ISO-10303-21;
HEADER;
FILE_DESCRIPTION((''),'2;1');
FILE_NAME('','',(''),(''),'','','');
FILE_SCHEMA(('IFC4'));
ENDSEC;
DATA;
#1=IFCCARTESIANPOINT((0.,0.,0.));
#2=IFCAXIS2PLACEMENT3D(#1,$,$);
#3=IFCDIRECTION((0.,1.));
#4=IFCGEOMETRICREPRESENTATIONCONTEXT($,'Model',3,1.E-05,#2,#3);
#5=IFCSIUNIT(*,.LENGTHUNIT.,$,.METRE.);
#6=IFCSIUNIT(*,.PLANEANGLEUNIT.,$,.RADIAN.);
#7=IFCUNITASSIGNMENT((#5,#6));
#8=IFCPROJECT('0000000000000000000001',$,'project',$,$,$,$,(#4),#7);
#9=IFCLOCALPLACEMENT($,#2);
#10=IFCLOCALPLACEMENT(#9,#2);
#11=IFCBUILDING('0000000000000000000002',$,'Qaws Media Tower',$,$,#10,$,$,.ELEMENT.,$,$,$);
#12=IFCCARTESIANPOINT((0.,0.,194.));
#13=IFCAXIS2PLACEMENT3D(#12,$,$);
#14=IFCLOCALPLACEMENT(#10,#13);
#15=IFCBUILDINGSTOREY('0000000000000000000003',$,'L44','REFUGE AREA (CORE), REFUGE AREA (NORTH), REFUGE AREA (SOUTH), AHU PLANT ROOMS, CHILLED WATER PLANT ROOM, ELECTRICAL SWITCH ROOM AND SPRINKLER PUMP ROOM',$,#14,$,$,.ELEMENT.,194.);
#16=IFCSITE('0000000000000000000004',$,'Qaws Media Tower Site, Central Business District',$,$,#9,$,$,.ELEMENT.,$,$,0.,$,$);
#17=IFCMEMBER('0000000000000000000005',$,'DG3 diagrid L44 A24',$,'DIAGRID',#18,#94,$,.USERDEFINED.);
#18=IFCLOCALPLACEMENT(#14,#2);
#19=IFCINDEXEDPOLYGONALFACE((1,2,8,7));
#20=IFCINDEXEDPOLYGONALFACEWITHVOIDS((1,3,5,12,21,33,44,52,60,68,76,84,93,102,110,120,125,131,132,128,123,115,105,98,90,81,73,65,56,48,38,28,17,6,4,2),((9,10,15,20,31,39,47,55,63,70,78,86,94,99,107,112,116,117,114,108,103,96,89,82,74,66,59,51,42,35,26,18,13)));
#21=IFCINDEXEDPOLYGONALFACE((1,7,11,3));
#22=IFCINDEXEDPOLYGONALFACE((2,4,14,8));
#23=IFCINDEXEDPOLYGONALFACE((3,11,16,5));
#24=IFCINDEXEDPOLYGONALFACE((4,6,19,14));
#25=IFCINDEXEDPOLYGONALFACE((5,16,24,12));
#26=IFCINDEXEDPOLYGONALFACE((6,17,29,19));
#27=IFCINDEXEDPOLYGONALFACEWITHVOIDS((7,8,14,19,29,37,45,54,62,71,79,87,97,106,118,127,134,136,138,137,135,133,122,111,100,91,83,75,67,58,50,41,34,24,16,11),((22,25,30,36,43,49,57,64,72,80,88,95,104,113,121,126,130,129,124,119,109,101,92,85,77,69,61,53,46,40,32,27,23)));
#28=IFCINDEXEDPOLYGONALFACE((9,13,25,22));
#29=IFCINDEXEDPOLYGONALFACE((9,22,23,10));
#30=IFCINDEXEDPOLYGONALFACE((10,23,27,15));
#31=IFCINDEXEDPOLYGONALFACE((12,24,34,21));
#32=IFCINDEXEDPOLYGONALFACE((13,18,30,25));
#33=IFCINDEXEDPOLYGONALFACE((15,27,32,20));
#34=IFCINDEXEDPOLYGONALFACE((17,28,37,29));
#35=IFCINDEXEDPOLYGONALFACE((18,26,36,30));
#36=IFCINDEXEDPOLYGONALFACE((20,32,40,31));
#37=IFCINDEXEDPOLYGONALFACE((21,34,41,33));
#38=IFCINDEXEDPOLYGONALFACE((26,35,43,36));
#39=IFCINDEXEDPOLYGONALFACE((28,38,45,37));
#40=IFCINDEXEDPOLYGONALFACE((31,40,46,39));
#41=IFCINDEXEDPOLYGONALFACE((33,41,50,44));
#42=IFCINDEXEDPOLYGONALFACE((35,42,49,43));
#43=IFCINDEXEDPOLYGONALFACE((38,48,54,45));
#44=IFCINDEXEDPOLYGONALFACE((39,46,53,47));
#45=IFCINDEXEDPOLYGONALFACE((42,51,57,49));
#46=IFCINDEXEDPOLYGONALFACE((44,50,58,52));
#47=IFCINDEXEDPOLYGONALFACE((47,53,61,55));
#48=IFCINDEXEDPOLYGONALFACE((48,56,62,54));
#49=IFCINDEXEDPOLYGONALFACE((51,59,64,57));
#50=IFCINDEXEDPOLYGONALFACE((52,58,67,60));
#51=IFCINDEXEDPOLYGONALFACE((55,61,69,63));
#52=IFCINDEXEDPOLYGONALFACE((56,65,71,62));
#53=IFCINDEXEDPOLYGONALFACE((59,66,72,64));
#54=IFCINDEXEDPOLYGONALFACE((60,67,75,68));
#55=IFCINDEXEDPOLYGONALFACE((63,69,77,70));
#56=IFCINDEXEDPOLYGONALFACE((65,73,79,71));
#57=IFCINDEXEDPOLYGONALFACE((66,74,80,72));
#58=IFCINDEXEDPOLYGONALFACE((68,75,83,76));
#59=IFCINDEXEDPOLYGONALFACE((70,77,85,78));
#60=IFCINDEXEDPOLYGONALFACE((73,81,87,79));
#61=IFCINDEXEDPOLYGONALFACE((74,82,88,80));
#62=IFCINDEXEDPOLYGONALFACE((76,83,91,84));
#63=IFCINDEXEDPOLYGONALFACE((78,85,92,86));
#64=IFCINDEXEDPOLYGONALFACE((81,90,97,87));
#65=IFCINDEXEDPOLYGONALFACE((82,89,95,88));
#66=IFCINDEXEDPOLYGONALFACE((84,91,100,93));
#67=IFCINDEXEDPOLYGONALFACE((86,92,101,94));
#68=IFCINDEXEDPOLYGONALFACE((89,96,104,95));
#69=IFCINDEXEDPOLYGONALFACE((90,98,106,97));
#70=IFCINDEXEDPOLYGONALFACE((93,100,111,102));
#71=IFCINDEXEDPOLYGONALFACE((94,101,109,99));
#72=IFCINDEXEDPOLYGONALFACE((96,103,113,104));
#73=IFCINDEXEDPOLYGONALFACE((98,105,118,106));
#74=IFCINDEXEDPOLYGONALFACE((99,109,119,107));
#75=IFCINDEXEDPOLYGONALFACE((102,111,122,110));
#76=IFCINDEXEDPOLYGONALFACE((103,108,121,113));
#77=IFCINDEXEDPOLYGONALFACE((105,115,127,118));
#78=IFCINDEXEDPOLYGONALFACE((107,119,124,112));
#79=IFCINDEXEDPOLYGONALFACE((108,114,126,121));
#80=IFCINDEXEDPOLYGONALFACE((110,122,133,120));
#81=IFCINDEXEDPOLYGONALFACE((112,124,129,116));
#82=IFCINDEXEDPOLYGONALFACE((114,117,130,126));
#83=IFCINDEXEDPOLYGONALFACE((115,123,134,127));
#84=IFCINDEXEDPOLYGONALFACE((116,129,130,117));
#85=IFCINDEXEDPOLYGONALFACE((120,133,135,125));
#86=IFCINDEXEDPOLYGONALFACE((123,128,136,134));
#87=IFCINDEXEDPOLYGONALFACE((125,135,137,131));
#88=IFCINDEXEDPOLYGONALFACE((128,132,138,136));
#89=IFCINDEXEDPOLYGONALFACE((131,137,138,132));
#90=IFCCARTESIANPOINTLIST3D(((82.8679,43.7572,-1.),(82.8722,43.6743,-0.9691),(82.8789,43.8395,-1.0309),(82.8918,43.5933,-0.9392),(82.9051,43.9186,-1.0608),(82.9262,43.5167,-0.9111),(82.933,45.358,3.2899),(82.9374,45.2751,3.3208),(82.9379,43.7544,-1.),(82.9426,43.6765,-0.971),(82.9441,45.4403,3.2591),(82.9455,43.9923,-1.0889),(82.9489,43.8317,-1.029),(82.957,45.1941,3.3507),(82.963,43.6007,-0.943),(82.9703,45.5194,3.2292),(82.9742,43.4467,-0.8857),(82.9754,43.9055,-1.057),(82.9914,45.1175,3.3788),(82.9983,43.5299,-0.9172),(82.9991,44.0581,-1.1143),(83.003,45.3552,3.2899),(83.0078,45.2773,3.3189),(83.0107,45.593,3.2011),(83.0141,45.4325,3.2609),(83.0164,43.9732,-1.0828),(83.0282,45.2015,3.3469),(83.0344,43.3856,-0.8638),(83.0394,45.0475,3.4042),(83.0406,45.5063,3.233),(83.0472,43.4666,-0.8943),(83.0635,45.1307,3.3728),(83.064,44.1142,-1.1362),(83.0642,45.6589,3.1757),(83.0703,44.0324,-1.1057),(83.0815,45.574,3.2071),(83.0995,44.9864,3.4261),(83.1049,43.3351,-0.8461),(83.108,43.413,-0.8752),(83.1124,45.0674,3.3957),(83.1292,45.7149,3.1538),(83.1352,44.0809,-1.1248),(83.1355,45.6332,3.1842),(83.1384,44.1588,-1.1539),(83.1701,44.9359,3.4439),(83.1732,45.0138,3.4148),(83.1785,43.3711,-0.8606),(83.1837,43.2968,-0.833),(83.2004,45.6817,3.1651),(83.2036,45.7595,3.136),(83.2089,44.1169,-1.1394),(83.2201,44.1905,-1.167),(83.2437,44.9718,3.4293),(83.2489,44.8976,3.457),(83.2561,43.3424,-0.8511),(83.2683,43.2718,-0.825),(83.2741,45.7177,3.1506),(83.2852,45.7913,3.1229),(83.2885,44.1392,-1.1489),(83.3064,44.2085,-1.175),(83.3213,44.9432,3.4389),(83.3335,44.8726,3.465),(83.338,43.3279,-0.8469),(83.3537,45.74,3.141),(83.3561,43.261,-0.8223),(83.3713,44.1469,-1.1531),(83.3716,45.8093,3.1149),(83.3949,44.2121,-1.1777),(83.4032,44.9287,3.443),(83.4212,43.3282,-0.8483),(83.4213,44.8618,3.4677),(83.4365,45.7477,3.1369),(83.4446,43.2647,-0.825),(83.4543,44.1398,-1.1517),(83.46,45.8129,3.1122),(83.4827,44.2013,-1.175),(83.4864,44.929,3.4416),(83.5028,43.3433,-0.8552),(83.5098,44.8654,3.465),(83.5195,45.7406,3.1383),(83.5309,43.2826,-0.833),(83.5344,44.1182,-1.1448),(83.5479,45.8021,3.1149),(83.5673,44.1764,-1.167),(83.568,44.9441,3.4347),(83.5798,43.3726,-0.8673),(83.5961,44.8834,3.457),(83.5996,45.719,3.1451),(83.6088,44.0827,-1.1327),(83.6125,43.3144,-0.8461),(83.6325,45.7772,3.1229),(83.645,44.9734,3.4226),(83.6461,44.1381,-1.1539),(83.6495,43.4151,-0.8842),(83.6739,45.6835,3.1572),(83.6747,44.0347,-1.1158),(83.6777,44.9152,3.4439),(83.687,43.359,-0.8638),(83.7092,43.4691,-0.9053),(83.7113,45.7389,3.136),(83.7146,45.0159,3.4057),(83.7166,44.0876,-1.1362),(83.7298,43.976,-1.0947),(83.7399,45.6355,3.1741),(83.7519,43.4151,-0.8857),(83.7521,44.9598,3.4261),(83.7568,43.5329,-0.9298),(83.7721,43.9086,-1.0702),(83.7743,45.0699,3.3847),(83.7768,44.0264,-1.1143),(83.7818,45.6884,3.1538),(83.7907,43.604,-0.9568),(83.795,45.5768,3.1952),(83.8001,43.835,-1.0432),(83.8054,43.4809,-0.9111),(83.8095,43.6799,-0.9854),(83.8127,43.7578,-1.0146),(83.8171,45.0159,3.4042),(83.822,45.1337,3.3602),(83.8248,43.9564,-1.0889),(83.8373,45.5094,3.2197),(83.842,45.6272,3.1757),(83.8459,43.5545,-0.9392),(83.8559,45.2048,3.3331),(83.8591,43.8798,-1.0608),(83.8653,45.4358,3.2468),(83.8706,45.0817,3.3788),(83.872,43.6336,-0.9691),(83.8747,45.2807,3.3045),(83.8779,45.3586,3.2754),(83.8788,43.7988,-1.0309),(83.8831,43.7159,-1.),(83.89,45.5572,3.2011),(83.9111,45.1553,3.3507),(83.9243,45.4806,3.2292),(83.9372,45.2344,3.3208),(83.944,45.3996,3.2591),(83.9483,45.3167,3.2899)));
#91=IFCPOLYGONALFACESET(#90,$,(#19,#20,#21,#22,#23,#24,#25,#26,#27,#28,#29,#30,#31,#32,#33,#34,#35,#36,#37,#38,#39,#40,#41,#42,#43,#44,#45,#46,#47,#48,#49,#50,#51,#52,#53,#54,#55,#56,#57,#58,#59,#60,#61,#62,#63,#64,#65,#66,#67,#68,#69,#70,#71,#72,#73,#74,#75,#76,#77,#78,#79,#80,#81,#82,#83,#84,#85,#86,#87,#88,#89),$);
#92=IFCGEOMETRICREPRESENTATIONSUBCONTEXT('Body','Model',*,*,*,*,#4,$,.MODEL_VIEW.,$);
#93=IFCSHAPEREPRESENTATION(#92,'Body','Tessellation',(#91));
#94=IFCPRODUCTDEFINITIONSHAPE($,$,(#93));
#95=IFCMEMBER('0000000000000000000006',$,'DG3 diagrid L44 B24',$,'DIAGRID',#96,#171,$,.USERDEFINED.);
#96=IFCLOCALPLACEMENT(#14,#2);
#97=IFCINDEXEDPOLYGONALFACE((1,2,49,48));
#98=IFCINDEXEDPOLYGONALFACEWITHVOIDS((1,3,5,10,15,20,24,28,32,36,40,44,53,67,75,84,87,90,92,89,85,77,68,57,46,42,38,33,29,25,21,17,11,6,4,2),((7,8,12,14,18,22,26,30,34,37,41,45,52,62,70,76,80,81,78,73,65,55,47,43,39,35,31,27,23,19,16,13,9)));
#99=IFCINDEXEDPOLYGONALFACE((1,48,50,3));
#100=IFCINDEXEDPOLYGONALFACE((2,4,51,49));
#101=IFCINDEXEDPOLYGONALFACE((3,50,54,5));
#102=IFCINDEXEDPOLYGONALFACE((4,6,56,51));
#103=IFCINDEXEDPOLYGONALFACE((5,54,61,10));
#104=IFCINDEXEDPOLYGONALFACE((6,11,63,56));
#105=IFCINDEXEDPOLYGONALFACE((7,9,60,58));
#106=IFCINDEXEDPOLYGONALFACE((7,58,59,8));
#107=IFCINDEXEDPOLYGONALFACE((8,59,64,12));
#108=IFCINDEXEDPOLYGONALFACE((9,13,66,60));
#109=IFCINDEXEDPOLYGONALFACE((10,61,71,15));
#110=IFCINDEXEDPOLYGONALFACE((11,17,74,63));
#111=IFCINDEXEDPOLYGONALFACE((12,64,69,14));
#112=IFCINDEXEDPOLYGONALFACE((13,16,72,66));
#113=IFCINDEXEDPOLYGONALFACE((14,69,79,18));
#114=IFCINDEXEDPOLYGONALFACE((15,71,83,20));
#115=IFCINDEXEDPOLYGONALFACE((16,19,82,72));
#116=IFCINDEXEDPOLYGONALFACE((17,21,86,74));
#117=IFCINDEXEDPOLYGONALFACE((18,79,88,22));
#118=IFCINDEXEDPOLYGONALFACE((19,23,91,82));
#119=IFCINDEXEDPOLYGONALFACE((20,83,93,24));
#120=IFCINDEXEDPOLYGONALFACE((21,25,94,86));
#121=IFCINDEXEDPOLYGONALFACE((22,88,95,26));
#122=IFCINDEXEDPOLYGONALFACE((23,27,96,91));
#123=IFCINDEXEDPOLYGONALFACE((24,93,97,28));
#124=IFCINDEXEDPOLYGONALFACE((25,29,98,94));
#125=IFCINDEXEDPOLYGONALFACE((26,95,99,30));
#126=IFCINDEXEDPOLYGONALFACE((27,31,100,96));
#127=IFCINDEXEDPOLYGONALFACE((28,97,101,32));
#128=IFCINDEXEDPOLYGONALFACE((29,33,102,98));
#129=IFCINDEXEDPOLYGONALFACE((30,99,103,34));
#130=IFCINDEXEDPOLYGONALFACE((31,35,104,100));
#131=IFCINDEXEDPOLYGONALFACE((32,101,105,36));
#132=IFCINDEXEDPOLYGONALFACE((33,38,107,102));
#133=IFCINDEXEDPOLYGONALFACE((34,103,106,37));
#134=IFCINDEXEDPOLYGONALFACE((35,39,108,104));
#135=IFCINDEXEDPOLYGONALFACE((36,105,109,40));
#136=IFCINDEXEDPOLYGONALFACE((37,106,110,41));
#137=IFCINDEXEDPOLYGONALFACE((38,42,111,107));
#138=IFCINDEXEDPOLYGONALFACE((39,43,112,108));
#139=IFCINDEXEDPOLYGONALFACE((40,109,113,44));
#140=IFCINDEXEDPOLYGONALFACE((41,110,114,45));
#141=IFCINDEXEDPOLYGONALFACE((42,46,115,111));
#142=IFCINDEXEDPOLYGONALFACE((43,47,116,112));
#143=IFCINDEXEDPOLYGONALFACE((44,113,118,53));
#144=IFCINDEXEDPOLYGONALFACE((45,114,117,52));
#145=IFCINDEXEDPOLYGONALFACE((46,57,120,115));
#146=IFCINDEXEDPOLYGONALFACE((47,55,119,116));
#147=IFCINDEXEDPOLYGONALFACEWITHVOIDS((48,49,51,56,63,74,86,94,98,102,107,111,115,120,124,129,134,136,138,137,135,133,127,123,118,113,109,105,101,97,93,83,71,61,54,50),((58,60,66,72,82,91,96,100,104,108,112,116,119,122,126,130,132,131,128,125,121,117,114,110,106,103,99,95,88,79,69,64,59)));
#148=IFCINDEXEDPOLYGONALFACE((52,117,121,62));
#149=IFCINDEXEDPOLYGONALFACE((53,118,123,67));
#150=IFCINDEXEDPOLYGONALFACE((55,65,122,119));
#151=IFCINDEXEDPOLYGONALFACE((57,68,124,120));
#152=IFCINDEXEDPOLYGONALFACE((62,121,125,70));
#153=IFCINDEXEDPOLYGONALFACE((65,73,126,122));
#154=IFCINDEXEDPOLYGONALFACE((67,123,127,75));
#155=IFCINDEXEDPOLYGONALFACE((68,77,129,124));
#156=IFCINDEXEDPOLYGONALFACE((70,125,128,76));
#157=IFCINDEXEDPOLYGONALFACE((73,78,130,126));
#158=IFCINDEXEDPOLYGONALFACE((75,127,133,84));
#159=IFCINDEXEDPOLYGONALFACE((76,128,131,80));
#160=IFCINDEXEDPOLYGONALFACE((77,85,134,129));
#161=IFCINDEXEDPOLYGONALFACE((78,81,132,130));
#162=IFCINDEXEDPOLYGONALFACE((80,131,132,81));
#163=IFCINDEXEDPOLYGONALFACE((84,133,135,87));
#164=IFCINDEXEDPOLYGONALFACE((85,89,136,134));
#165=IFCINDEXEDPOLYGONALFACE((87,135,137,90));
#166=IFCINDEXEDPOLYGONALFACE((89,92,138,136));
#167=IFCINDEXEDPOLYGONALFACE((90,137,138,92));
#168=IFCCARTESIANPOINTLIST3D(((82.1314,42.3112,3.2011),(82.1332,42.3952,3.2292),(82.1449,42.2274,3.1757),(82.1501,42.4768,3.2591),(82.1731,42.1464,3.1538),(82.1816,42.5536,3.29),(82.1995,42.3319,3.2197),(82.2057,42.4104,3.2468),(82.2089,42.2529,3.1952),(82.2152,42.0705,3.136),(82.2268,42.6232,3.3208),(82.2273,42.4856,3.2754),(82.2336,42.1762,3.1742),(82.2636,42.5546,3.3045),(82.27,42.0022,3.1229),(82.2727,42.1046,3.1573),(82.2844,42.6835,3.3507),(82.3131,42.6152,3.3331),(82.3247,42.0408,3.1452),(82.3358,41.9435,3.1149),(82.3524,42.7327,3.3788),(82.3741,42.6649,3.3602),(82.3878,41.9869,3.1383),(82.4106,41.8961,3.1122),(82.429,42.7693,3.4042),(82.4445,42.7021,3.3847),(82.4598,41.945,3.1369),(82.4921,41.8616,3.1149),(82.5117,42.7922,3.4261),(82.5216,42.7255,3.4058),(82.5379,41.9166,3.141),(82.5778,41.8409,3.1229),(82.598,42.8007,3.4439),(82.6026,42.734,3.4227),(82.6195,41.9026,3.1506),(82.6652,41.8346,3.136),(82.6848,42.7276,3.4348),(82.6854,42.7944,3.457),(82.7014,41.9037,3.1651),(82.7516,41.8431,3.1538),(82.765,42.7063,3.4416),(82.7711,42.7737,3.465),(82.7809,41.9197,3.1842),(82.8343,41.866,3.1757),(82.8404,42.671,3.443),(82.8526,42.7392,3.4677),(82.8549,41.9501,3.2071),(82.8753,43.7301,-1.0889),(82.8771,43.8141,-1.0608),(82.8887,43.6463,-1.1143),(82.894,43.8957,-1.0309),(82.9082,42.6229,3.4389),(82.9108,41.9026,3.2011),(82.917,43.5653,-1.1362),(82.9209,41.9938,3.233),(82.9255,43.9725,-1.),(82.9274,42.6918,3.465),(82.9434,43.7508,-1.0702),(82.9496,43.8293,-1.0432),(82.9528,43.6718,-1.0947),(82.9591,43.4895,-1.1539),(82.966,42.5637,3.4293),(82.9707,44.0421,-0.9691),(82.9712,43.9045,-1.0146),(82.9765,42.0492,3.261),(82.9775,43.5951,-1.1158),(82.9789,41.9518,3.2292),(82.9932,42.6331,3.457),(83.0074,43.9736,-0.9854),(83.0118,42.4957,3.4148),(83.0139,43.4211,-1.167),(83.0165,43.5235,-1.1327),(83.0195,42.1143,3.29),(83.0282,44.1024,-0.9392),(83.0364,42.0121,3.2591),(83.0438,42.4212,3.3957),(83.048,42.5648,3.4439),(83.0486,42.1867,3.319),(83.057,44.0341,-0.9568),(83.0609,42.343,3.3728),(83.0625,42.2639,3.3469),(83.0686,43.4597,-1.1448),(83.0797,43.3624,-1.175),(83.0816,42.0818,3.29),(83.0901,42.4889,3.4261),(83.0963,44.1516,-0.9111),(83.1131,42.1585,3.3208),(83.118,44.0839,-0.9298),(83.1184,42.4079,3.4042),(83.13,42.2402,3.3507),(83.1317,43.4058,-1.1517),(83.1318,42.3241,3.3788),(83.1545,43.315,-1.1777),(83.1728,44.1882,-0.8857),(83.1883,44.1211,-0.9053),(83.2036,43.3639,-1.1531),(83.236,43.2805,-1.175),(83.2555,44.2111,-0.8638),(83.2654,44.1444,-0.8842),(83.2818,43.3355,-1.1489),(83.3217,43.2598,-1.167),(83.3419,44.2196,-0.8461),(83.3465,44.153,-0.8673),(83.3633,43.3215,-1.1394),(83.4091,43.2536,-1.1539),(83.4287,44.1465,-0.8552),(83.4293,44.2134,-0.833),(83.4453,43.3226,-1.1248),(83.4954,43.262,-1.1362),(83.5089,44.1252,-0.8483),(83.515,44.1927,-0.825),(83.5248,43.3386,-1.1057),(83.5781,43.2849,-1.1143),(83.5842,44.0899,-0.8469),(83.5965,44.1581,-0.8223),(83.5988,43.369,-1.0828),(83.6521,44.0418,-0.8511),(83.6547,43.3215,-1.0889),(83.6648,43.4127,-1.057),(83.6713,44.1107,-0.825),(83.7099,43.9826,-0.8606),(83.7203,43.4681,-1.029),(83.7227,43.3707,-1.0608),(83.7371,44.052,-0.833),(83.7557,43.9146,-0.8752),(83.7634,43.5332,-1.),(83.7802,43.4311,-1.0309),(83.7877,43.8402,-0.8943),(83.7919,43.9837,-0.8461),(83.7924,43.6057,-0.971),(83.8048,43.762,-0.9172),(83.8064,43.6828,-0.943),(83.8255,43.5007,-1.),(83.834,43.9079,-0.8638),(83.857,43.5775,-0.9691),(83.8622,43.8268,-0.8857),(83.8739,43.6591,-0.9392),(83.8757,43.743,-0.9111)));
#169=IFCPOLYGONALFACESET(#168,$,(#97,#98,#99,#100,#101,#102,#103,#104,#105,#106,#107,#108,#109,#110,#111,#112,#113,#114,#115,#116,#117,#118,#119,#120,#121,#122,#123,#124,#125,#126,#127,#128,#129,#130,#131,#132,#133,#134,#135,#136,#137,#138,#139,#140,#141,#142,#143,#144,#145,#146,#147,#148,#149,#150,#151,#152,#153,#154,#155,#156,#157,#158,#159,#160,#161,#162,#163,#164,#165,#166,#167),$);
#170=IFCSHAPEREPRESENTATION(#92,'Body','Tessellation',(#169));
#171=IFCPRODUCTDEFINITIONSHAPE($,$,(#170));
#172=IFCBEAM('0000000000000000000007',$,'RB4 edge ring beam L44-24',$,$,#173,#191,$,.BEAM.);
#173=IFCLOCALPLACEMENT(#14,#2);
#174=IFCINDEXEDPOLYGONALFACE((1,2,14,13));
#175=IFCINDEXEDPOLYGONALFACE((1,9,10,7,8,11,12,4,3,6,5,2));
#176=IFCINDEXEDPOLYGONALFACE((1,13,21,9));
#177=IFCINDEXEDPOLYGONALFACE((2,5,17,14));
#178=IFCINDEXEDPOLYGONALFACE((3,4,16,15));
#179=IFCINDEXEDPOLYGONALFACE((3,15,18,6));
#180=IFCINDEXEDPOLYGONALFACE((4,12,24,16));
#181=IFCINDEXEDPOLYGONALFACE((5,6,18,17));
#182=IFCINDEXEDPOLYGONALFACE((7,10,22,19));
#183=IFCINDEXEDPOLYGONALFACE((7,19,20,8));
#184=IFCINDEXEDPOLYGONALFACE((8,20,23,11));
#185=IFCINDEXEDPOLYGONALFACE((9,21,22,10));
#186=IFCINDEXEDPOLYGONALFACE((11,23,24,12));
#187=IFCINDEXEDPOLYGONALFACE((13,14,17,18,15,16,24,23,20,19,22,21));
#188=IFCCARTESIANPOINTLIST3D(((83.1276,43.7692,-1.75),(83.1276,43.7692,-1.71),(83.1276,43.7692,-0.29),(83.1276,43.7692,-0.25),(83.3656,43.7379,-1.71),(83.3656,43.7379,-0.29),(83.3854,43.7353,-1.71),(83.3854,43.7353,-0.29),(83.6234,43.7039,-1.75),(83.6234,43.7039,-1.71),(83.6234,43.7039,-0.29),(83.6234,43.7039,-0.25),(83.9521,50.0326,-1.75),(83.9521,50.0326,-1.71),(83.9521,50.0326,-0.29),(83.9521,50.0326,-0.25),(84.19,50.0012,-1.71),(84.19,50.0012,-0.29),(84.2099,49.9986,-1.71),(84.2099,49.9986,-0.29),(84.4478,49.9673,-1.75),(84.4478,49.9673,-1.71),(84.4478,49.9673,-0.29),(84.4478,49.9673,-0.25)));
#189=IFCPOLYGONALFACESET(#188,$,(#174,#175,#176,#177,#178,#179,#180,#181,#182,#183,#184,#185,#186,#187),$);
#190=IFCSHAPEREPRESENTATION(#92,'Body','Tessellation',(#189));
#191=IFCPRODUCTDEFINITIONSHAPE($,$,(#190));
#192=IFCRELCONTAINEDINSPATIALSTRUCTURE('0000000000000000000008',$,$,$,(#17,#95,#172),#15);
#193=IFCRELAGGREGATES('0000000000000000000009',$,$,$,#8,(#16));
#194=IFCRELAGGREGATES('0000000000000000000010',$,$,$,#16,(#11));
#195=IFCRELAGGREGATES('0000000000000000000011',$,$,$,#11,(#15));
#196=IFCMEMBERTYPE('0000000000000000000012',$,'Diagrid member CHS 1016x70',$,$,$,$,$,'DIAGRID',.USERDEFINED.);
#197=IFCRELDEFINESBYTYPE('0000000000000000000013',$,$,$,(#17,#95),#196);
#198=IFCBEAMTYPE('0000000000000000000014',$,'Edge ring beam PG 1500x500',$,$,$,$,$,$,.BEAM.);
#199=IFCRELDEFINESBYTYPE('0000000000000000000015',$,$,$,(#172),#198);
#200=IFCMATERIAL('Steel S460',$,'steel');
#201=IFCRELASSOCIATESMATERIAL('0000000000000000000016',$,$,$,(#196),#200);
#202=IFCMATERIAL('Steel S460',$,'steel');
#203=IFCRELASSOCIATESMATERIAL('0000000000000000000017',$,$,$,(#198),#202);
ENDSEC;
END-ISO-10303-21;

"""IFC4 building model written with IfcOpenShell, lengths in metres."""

from ifc_helpers import new_model, si_unit, direction, frame, origin, origin_2d, place, context, subcontext, project, spatial, hollow_circle, i_section, extrude, material, material_profile, profile_set, type_object, element, save


model = new_model("IFC4")

# Units and contexts
model_context = context("Model", 3, precision=1e-05, world=origin(), true_north=direction((0.0, 1.0)))
body_context = subcontext(model_context, "Body", "Model", "MODEL_VIEW")
ifc_project = project(units=[si_unit("LENGTHUNIT", "METRE"), si_unit("PLANEANGLEUNIT", "RADIAN")], contexts=[model_context])

# Site, building, storey
site_placement = place(None, origin())
site = spatial("IfcSite", under=ifc_project, at=site_placement, Name="Qaws Media Tower Site, Central Business District", CompositionType="ELEMENT", RefElevation=0.0)
building_placement = place(site_placement, origin())
building = spatial("IfcBuilding", under=site, at=building_placement, Name="Qaws Media Tower", CompositionType="ELEMENT")
storey_placement = place(building_placement, frame((0.0, 0.0, 194.0)))
storey = spatial("IfcBuildingStorey", under=building, at=storey_placement, Name="L44", Description="REFUGE AREA (CORE), REFUGE AREA (NORTH), REFUGE AREA (SOUTH), AHU PLANT ROOMS, CHILLED WATER PLANT ROOM, ELECTRICAL SWITCH ROOM AND SPRINKLER PUMP ROOM", CompositionType="ELEMENT", Elevation=194.0)

# Members
ifc_material_1 = material(Name="Steel S460", Category="steel")
ifc_material_profile_1 = material_profile(ifc_material_1, hollow_circle(Radius=0.5081, WallThickness=0.0701, at=origin_2d()), Name="CHS 1016x70")
ifc_profile_set_1 = profile_set([ifc_material_profile_1], Name="Steel S460")
member_type_1 = type_object("IfcMemberType", Name="Diagrid member CHS 1016x70", ElementType="DIAGRID", PredefinedType="USERDEFINED", material=ifc_profile_set_1)
for number, where, z_axis, x_axis, name in (
    (1, (83.3755, 43.7366, -1.0), (0.014234, 0.349568, 0.936803), (-0.999172, 0.040686, 0.0), "DG3 diagrid L44 A24"),
    (2, (83.3755, 43.7366, -1.0), (-0.162443, -0.309852, 0.936805), (0.885667, -0.46432, 0.0), "DG3 diagrid L44 B24"),
):
    element("IfcMember", number, at=place(storey_placement, frame(where, z_axis=z_axis, x_axis=x_axis)), inside=storey, type_object=member_type_1, Name=name, ObjectType="DIAGRID", PredefinedType="USERDEFINED", context=body_context, shape_type="SweptSolid", body=[
        extrude(hollow_circle(Radius=0.5081, WallThickness=0.0701, at=origin_2d()), origin(), (0.0, 0.0, 1.0), 4.5793),
    ])

# Beam
ifc_material_2 = material(Name="Steel S460", Category="steel")
ifc_material_profile_2 = material_profile(ifc_material_2, i_section(OverallWidth=0.5, OverallDepth=1.5, WebThickness=0.02, FlangeThickness=0.04, at=origin_2d()), Name="PG 1500x500")
ifc_profile_set_2 = profile_set([ifc_material_profile_2], Name="Steel S460")
beam_type_1 = type_object("IfcBeamType", Name="Edge ring beam PG 1500x500", PredefinedType="BEAM", material=ifc_profile_set_2)
beam_1_placement = place(storey_placement, frame((83.3755, 43.7366, -1.0), z_axis=(0.130505, 0.991448, 0.0), x_axis=(-0.991448, 0.130505, 0.0)))
element("IfcBeam", 3, at=beam_1_placement, inside=storey, type_object=beam_type_1, Name="RB4 edge ring beam L44-24", PredefinedType="BEAM", context=body_context, shape_type="SweptSolid", body=[
    extrude(i_section(OverallWidth=0.5, OverallDepth=1.5, WebThickness=0.02, FlangeThickness=0.04, at=origin_2d()), origin(), (0.0, 0.0, 1.0), 6.3174),
])

save(model, "model.ifc")
